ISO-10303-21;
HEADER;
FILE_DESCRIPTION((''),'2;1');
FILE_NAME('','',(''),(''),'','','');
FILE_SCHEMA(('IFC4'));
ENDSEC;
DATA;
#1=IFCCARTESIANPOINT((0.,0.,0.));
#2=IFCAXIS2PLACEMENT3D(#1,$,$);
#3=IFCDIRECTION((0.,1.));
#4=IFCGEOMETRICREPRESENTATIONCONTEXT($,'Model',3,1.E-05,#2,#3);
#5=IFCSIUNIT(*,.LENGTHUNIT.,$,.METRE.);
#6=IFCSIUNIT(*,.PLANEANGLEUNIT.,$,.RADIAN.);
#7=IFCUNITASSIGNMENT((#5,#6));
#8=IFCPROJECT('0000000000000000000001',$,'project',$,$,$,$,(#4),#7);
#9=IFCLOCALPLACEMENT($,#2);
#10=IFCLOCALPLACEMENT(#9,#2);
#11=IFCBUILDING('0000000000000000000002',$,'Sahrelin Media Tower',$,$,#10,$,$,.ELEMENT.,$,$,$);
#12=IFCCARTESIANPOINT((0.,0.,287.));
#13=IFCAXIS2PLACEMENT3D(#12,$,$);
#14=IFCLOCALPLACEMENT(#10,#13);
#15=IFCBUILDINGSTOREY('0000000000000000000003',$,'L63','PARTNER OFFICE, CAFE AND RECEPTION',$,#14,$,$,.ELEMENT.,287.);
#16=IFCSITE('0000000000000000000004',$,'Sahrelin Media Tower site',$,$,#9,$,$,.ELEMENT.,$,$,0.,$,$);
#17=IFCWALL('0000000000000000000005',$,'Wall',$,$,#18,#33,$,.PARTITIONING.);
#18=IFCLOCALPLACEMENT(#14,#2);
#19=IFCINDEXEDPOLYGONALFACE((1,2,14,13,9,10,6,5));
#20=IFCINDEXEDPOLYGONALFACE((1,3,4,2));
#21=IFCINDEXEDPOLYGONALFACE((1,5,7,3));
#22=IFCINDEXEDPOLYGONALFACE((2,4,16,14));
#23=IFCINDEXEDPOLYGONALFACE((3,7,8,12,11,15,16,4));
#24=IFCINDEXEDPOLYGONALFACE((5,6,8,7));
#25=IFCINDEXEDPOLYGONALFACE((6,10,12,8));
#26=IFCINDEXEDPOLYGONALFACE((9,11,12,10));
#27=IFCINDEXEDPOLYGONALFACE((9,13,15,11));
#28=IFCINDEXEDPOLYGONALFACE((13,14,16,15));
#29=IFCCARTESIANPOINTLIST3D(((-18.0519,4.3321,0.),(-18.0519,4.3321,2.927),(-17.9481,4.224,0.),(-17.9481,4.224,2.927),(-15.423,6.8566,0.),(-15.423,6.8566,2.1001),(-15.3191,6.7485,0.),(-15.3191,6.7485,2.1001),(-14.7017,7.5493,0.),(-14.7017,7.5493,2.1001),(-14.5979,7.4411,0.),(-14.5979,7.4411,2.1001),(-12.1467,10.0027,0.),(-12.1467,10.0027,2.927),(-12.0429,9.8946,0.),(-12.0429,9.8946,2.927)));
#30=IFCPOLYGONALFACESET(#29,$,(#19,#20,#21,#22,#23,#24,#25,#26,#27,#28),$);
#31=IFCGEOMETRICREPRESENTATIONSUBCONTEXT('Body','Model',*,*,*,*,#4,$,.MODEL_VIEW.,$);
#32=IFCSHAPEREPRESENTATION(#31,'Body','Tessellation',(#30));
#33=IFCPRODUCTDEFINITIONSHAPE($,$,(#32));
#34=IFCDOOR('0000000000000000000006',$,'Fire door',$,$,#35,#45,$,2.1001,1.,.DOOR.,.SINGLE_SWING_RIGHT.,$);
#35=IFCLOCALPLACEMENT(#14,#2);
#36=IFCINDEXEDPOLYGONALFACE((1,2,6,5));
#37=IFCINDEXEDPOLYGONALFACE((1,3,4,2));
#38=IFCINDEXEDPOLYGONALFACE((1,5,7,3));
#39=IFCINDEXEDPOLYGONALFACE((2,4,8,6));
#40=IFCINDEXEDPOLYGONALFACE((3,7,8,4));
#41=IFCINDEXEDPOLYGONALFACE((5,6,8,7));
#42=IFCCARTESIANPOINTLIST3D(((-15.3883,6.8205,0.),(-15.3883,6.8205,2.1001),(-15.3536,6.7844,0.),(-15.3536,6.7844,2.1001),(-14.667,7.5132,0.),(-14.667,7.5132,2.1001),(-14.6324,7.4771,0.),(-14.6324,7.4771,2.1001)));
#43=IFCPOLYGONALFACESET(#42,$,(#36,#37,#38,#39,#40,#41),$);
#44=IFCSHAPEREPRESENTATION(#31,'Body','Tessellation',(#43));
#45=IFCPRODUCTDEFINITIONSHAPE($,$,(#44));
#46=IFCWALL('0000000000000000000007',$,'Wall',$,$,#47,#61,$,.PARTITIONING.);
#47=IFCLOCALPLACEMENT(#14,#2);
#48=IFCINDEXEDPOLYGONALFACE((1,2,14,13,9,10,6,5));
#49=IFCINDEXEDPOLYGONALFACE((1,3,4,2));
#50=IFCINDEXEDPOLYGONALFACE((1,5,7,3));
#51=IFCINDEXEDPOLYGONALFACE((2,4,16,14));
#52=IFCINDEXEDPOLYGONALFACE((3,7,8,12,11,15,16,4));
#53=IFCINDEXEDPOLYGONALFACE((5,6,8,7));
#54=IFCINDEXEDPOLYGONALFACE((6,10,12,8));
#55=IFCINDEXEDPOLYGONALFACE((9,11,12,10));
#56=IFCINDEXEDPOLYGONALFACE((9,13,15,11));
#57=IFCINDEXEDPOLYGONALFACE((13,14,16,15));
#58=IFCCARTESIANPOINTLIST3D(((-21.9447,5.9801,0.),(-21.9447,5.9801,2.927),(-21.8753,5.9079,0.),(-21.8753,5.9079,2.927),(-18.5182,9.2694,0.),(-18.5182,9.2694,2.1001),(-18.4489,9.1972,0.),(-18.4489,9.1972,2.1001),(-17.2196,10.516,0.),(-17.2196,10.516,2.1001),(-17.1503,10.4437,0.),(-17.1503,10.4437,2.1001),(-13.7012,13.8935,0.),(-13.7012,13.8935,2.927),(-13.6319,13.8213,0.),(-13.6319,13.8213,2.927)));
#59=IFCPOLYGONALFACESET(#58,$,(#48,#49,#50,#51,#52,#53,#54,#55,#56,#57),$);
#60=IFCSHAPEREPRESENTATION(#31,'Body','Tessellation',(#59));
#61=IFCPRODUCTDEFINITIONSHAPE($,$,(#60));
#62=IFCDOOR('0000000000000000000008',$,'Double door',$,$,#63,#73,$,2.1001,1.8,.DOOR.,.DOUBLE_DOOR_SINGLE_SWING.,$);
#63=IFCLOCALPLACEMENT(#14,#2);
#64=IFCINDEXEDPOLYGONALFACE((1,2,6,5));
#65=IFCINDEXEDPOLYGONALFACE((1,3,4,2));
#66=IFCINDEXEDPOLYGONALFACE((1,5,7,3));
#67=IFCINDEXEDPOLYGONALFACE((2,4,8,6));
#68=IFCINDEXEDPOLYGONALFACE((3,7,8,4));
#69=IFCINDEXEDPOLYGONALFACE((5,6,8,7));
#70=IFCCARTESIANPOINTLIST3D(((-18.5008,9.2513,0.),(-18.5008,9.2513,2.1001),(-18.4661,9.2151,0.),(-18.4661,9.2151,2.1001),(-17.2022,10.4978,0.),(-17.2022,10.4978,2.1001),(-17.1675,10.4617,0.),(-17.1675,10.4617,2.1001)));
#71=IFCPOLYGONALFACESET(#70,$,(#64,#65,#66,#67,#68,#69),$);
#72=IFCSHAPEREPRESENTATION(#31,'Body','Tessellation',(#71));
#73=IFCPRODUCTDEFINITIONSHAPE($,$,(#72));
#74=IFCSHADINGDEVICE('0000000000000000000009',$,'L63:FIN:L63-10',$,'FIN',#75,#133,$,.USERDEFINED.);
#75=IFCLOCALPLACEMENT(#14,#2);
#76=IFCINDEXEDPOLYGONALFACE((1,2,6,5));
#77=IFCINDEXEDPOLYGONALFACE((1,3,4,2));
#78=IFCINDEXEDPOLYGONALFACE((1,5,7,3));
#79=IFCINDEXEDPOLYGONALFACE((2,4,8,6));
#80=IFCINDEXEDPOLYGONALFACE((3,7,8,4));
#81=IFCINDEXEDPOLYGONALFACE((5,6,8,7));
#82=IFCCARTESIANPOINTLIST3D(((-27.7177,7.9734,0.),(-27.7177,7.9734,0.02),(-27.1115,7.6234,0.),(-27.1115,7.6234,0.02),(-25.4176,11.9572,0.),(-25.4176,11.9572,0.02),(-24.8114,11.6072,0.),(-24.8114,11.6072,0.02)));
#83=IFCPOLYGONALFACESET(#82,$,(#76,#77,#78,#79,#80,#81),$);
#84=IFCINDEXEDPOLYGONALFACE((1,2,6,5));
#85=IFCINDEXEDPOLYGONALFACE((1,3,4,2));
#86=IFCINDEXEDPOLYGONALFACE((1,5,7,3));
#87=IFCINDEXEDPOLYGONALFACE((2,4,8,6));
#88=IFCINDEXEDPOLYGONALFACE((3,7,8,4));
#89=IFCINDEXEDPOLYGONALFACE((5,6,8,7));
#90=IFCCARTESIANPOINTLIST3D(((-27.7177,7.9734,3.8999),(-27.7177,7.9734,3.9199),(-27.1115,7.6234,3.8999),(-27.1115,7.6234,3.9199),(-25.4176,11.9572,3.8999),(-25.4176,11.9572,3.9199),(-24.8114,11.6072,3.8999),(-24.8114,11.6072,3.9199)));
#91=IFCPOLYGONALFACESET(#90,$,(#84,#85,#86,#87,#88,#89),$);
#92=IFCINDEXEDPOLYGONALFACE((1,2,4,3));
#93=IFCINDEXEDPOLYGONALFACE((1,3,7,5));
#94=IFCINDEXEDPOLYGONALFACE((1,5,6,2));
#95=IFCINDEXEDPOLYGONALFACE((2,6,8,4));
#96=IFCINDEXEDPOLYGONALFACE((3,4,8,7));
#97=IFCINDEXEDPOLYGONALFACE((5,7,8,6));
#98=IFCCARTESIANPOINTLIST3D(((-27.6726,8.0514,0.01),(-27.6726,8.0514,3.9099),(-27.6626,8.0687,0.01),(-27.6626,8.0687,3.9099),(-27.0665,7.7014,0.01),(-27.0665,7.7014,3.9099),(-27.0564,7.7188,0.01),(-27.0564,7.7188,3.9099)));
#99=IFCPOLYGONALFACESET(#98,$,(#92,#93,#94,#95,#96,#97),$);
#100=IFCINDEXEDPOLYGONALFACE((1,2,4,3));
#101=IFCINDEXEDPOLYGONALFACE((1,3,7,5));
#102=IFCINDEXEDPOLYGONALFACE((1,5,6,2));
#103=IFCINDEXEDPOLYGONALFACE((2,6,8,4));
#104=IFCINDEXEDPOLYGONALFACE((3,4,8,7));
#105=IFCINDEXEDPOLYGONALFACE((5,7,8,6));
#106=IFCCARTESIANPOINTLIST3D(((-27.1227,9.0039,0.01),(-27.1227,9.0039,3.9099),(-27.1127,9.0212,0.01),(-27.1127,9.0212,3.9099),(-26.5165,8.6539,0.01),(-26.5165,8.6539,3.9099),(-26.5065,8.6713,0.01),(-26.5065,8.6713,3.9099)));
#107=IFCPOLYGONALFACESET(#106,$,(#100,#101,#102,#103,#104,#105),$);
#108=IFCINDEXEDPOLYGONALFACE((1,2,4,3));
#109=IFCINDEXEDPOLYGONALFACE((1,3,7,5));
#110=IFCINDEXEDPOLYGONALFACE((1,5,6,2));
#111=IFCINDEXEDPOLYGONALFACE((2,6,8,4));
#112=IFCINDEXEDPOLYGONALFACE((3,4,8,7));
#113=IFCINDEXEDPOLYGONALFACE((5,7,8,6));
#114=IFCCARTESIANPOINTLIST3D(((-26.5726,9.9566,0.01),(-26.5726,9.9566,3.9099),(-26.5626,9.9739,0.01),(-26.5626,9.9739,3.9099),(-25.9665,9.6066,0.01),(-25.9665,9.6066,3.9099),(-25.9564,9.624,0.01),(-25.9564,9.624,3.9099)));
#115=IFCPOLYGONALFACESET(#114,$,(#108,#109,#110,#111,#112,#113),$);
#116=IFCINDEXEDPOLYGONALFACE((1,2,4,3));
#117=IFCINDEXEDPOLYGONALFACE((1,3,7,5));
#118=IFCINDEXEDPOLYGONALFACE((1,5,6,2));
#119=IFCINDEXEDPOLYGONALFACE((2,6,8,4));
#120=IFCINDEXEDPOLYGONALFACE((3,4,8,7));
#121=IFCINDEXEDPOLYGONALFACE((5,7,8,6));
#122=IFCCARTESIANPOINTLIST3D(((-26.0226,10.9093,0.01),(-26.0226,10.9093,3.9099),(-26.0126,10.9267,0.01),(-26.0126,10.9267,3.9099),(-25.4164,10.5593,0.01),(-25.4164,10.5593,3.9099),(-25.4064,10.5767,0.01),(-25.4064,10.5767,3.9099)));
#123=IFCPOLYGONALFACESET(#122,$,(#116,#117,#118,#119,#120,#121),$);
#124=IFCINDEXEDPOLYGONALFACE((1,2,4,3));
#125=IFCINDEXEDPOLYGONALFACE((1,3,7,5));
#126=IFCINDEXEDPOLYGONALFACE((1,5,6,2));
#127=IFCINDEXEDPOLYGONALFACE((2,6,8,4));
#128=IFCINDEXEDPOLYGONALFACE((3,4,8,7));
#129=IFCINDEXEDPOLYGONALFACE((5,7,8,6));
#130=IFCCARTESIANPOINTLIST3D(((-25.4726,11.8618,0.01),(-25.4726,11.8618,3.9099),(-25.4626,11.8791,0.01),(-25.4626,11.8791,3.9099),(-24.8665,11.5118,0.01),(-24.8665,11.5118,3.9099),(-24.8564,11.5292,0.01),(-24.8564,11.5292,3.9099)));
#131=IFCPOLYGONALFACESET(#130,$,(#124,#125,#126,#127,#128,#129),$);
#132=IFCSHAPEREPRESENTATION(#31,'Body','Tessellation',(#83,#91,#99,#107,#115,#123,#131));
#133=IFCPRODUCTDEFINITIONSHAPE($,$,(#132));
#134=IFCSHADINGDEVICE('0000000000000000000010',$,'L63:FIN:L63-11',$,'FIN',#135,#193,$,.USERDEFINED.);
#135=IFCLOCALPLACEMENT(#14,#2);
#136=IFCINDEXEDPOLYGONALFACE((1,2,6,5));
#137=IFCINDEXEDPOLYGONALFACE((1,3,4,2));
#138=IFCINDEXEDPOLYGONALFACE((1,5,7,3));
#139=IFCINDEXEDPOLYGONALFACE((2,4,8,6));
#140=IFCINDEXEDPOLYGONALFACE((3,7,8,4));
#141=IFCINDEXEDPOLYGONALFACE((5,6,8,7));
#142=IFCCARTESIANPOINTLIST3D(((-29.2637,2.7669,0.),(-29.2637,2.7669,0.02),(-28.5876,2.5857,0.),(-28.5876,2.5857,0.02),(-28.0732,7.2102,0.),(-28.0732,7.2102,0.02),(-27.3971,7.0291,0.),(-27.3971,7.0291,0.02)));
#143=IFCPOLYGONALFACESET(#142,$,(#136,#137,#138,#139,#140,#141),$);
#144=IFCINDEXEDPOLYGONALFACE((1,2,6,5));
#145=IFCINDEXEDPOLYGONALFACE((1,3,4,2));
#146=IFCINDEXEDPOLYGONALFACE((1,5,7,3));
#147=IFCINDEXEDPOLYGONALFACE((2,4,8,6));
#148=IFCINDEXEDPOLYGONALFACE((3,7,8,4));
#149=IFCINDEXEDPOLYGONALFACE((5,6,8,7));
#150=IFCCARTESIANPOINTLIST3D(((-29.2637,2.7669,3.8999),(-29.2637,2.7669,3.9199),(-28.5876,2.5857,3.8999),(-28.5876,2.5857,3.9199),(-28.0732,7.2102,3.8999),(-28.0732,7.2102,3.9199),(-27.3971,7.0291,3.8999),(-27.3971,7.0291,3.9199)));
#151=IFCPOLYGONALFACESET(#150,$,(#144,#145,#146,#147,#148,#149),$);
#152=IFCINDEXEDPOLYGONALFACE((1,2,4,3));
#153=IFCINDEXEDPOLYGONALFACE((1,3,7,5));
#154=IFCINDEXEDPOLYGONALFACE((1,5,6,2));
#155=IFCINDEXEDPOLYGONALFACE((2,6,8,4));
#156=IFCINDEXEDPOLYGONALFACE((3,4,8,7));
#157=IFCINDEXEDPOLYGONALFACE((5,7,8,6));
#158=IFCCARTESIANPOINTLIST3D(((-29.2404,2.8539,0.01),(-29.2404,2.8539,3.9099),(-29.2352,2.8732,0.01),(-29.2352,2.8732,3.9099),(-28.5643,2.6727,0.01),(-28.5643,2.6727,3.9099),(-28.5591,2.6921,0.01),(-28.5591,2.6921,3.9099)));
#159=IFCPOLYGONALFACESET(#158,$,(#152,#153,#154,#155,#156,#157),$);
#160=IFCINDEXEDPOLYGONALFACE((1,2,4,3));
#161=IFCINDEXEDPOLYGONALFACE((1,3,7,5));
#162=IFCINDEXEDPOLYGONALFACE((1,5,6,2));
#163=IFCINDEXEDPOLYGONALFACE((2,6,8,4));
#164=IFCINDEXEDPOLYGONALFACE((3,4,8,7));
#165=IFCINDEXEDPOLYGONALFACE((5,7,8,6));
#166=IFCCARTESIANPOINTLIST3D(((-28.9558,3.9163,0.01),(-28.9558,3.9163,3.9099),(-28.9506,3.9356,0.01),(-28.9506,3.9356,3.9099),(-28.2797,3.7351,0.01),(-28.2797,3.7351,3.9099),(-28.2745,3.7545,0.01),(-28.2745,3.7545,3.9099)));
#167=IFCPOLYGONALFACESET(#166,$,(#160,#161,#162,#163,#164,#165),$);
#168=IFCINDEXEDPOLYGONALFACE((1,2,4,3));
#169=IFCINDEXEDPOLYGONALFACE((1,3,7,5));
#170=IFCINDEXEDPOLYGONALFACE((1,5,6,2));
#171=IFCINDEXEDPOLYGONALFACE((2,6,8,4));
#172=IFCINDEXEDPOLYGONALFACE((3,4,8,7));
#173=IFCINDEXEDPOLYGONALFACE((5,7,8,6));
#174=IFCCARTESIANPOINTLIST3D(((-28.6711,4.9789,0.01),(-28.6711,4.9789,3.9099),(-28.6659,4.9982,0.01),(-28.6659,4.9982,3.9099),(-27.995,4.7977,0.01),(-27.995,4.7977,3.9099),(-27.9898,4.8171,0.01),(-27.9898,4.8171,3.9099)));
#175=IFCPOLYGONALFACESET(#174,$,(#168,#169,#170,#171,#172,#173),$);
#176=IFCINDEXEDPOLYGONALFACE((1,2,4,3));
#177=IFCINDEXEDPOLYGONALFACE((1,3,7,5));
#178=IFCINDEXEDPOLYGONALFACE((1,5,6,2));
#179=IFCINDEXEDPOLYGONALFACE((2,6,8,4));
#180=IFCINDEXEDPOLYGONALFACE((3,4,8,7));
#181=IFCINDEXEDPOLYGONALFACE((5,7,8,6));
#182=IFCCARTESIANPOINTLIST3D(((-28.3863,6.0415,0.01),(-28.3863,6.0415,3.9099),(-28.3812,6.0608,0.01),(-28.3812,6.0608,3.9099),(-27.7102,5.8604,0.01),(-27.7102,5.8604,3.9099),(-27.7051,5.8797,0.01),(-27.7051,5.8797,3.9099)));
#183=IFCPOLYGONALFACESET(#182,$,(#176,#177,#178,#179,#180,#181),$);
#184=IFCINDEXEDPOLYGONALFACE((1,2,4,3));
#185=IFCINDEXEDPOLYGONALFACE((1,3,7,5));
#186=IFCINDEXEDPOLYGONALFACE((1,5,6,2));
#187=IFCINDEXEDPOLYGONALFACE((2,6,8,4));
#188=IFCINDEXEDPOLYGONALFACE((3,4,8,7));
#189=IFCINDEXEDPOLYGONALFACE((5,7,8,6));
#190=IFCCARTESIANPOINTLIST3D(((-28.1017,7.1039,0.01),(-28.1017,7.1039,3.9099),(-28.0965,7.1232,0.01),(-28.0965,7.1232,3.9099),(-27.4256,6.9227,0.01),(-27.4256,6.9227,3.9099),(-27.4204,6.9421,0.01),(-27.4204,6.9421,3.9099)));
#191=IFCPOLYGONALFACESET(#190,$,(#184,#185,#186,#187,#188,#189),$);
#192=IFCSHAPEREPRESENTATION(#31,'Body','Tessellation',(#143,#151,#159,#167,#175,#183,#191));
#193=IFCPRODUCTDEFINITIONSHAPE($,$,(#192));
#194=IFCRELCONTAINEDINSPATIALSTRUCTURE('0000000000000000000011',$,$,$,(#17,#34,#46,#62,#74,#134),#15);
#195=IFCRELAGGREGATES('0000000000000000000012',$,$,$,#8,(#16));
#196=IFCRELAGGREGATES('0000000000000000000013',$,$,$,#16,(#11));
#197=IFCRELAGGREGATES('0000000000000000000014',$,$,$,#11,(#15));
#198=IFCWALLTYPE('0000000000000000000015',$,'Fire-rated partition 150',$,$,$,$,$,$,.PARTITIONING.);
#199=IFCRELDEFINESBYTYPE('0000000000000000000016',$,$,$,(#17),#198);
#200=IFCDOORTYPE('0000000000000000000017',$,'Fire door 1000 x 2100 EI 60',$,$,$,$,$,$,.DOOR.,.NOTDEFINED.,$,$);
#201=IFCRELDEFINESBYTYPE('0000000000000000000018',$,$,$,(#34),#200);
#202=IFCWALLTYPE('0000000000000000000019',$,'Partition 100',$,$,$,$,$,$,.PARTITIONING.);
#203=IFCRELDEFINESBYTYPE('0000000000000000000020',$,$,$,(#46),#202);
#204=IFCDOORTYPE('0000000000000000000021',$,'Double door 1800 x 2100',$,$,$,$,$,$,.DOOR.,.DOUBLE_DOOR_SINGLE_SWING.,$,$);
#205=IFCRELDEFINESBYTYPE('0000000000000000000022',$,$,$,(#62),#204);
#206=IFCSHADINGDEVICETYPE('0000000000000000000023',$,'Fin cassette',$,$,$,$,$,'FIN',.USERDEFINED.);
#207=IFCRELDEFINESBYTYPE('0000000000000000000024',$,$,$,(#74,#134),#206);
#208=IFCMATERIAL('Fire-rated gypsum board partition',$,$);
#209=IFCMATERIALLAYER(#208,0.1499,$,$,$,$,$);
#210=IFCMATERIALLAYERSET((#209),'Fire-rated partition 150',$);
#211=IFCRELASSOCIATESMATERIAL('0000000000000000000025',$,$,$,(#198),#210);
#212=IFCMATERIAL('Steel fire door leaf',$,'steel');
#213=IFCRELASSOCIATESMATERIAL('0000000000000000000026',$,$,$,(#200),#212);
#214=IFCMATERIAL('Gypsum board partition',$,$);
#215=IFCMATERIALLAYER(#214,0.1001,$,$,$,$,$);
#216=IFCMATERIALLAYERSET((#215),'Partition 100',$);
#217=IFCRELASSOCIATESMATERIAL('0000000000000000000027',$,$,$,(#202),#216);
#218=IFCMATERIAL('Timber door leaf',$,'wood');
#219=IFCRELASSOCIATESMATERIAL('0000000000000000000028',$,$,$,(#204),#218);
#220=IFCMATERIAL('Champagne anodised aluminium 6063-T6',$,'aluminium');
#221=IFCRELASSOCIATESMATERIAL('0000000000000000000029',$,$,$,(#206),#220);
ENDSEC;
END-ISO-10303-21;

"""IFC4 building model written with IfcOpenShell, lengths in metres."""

from ifc_helpers import new_model, si_unit, direction, frame, frame_2d, origin, origin_2d, place, context, subcontext, project, spatial, rectangle, extrude, material, layer, layer_set, type_object, element, fill, save


model = new_model("IFC4")

# Units and contexts
model_context = context("Model", 3, precision=1e-05, world=origin(), true_north=direction((0.0, 1.0)))
body_context = subcontext(model_context, "Body", "Model", "MODEL_VIEW")
ifc_project = project(units=[si_unit("LENGTHUNIT", "METRE"), si_unit("PLANEANGLEUNIT", "RADIAN")], contexts=[model_context])

# Site, building, storey
site_placement = place(None, origin())
site = spatial("IfcSite", under=ifc_project, at=site_placement, Name="Sahrelin Media Tower site", CompositionType="ELEMENT", RefElevation=0.0)
building_placement = place(site_placement, origin())
building = spatial("IfcBuilding", under=site, at=building_placement, Name="Sahrelin Media Tower", CompositionType="ELEMENT")
storey_placement = place(building_placement, frame((0.0, 0.0, 287.0)))
storey = spatial("IfcBuildingStorey", under=building, at=storey_placement, Name="L63", Description="PARTNER OFFICE, CAFE AND RECEPTION", CompositionType="ELEMENT", Elevation=287.0)

# Shared definitions
ifc_material_1 = material(Name="Champagne anodised aluminium 6063-T6", Category="aluminium")

# Shared definitions
ifc_material_2 = material(Name="Fire-rated gypsum board partition")
ifc_layer_1 = layer(ifc_material_2, 0.1499)
ifc_layer_set_1 = layer_set([ifc_layer_1], Name="Fire-rated partition 150")
wall_type_1 = type_object("IfcWallType", Name="Fire-rated partition 150", PredefinedType="PARTITIONING", material=ifc_layer_set_1)

# Walls, openings, doors
wall_1_placement = place(storey_placement, frame((-18.0, 4.2781, 0.0), z_axis=(0.0, 0.0, 1.0), x_axis=(0.72129, 0.692633, 0.0)))
wall_1 = element("IfcWall", 1, at=wall_1_placement, inside=storey, type_object=wall_type_1, Name="Wall", PredefinedType="PARTITIONING", context=body_context, shape_type="SweptSolid", body=[
    extrude(rectangle(XDim=8.187, YDim=0.1499, at=frame_2d((4.0935, 0.0))), origin(), (0.0, 0.0, 1.0), 2.927),
])
opening_1_placement = place(wall_1_placement, frame((3.6448, 0.0, 0.0)))
opening_1 = element("IfcOpeningElement", 2, at=opening_1_placement, cuts=wall_1, PredefinedType="OPENING", context=body_context, shape_type="SweptSolid", body=[
    extrude(rectangle(XDim=1.0, YDim=2.1001, at=frame_2d((0.5, 1.05))), frame((0.0, 0.075, 0.0), z_axis=(0.0, -1.0, 0.0), x_axis=(1.0, 0.0, 0.0)), (0.0, 0.0, 1.0), 0.1499),
])
ifc_material_3 = material(Name="Steel fire door leaf", Category="steel")
door_type_1 = type_object("IfcDoorType", Name="Fire door 1000 x 2100 EI 60", OperationType="NOTDEFINED", PredefinedType="DOOR", material=ifc_material_3)
door_1_placement = place(opening_1_placement, origin())
door_1 = element("IfcDoor", 3, at=door_1_placement, inside=storey, type_object=door_type_1, Name="Fire door", OperationType="SINGLE_SWING_RIGHT", OverallHeight=2.1001, OverallWidth=1.0, PredefinedType="DOOR", context=body_context, shape_type="SweptSolid", body=[
    extrude(rectangle(XDim=1.0, YDim=2.1001, at=frame_2d((0.5, 1.05))), frame((0.0, 0.0249, 0.0), z_axis=(0.0, -1.0, 0.0), x_axis=(1.0, 0.0, 0.0)), (0.0, 0.0, 1.0), 0.05),
])
fill(opening_1, door_1)
ifc_material_4 = material(Name="Gypsum board partition")
ifc_layer_2 = layer(ifc_material_4, 0.1001)
ifc_layer_set_2 = layer_set([ifc_layer_2], Name="Partition 100")
wall_type_2 = type_object("IfcWallType", Name="Partition 100", PredefinedType="PARTITIONING", material=ifc_layer_set_2)
wall_2_placement = place(storey_placement, frame((-21.9099, 5.9441, 0.0), z_axis=(0.0, 0.0, 1.0), x_axis=(0.721402, 0.692516, 0.0)))
wall_2 = element("IfcWall", 4, at=wall_2_placement, inside=storey, type_object=wall_type_2, Name="Wall", PredefinedType="PARTITIONING", context=body_context, shape_type="SweptSolid", body=[
    extrude(rectangle(XDim=11.427, YDim=0.1001, at=frame_2d((5.7134, 0.0))), origin(), (0.0, 0.0, 1.0), 2.927),
])
opening_2_placement = place(wall_2_placement, frame((4.7498, 0.0, 0.0)))
opening_2 = element("IfcOpeningElement", 5, at=opening_2_placement, cuts=wall_2, PredefinedType="OPENING", context=body_context, shape_type="SweptSolid", body=[
    extrude(rectangle(XDim=1.8, YDim=2.1001, at=frame_2d((0.8999, 1.05))), frame((0.0, 0.05, 0.0), z_axis=(0.0, -1.0, 0.0), x_axis=(1.0, 0.0, 0.0)), (0.0, 0.0, 1.0), 0.1001),
])
ifc_material_5 = material(Name="Timber door leaf", Category="wood")
door_type_2 = type_object("IfcDoorType", Name="Double door 1800 x 2100", OperationType="DOUBLE_DOOR_SINGLE_SWING", PredefinedType="DOOR", material=ifc_material_5)
door_2_placement = place(opening_2_placement, origin())
door_2 = element("IfcDoor", 6, at=door_2_placement, inside=storey, type_object=door_type_2, Name="Double door", OperationType="DOUBLE_DOOR_SINGLE_SWING", OverallHeight=2.1001, OverallWidth=1.8, PredefinedType="DOOR", context=body_context, shape_type="SweptSolid", body=[
    extrude(rectangle(XDim=1.8, YDim=2.1001, at=frame_2d((0.8999, 1.05))), frame((0.0, 0.0249, 0.0), z_axis=(0.0, -1.0, 0.0), x_axis=(1.0, 0.0, 0.0)), (0.0, 0.0, 1.0), 0.05),
])
fill(opening_2, door_2)

# Shading devices
shading_device_type_1 = type_object("IfcShadingDeviceType", Name="Fin cassette", ElementType="FIN", PredefinedType="USERDEFINED", material=ifc_material_1)
placement_1 = place(storey_placement, frame((-25.9009, 9.5803, 0.0), z_axis=(0.0, 0.0, 1.0), x_axis=(0.500011, 0.866019, 0.0)))
element("IfcShadingDevice", 7, at=placement_1, inside=storey, type_object=shading_device_type_1, Name="L63:FIN:L63-10", ObjectType="FIN", PredefinedType="USERDEFINED", context=body_context, shape_type="SweptSolid", body=[
    extrude(rectangle(XDim=4.6001, YDim=0.7, at=origin_2d()), frame((0.0, 0.4199, 0.0)), (0.0, 0.0, 1.0), 0.02),
    extrude(rectangle(XDim=4.6001, YDim=0.7, at=origin_2d()), frame((0.0, 0.4199, 3.8999)), (0.0, 0.0, 1.0), 0.02),
    extrude(rectangle(XDim=0.02, YDim=0.7, at=origin_2d()), frame((-2.2, 0.4199, 0.01), z_axis=(0.0, 0.0, 1.0), x_axis=(1.0, 0.0, 0.0)), (0.0, 0.0, 1.0), 3.8999),
    extrude(rectangle(XDim=0.02, YDim=0.7, at=origin_2d()), frame((-1.1001, 0.4199, 0.01), z_axis=(0.0, 0.0, 1.0), x_axis=(1.0, 0.0, 0.0)), (0.0, 0.0, 1.0), 3.8999),
    extrude(rectangle(XDim=0.02, YDim=0.7, at=origin_2d()), frame((0.0, 0.4199, 0.01), z_axis=(0.0, 0.0, 1.0), x_axis=(1.0, 0.0, 0.0)), (0.0, 0.0, 1.0), 3.8999),
    extrude(rectangle(XDim=0.02, YDim=0.7, at=origin_2d()), frame((1.1001, 0.4199, 0.01), z_axis=(0.0, 0.0, 1.0), x_axis=(1.0, 0.0, 0.0)), (0.0, 0.0, 1.0), 3.8999),
    extrude(rectangle(XDim=0.02, YDim=0.7, at=origin_2d()), frame((2.2, 0.4199, 0.01), z_axis=(0.0, 0.0, 1.0), x_axis=(1.0, 0.0, 0.0)), (0.0, 0.0, 1.0), 3.8999),
])
placement_2 = place(storey_placement, frame((-27.9248, 4.7893, 0.0), z_axis=(0.0, 0.0, 1.0), x_axis=(0.258808, 0.965929, 0.0)))
element("IfcShadingDevice", 8, at=placement_2, inside=storey, type_object=shading_device_type_1, Name="L63:FIN:L63-11", ObjectType="FIN", PredefinedType="USERDEFINED", context=body_context, shape_type="SweptSolid", body=[
    extrude(rectangle(XDim=4.6001, YDim=0.7, at=origin_2d()), frame((0.0, 0.4199, 0.0)), (0.0, 0.0, 1.0), 0.02),
    extrude(rectangle(XDim=4.6001, YDim=0.7, at=origin_2d()), frame((0.0, 0.4199, 3.8999)), (0.0, 0.0, 1.0), 0.02),
    extrude(rectangle(XDim=0.02, YDim=0.7, at=origin_2d()), frame((-2.2, 0.4199, 0.01), z_axis=(0.0, 0.0, 1.0), x_axis=(1.0, 0.0, 0.0)), (0.0, 0.0, 1.0), 3.8999),
    extrude(rectangle(XDim=0.02, YDim=0.7, at=origin_2d()), frame((-1.1001, 0.4199, 0.01), z_axis=(0.0, 0.0, 1.0), x_axis=(1.0, 0.0, 0.0)), (0.0, 0.0, 1.0), 3.8999),
    extrude(rectangle(XDim=0.02, YDim=0.7, at=origin_2d()), frame((0.0, 0.4199, 0.01), z_axis=(0.0, 0.0, 1.0), x_axis=(1.0, 0.0, 0.0)), (0.0, 0.0, 1.0), 3.8999),
    extrude(rectangle(XDim=0.02, YDim=0.7, at=origin_2d()), frame((1.1001, 0.4199, 0.01), z_axis=(0.0, 0.0, 1.0), x_axis=(1.0, 0.0, 0.0)), (0.0, 0.0, 1.0), 3.8999),
    extrude(rectangle(XDim=0.02, YDim=0.7, at=origin_2d()), frame((2.2, 0.4199, 0.01), z_axis=(0.0, 0.0, 1.0), x_axis=(1.0, 0.0, 0.0)), (0.0, 0.0, 1.0), 3.8999),
])

save(model, "model.ifc")
